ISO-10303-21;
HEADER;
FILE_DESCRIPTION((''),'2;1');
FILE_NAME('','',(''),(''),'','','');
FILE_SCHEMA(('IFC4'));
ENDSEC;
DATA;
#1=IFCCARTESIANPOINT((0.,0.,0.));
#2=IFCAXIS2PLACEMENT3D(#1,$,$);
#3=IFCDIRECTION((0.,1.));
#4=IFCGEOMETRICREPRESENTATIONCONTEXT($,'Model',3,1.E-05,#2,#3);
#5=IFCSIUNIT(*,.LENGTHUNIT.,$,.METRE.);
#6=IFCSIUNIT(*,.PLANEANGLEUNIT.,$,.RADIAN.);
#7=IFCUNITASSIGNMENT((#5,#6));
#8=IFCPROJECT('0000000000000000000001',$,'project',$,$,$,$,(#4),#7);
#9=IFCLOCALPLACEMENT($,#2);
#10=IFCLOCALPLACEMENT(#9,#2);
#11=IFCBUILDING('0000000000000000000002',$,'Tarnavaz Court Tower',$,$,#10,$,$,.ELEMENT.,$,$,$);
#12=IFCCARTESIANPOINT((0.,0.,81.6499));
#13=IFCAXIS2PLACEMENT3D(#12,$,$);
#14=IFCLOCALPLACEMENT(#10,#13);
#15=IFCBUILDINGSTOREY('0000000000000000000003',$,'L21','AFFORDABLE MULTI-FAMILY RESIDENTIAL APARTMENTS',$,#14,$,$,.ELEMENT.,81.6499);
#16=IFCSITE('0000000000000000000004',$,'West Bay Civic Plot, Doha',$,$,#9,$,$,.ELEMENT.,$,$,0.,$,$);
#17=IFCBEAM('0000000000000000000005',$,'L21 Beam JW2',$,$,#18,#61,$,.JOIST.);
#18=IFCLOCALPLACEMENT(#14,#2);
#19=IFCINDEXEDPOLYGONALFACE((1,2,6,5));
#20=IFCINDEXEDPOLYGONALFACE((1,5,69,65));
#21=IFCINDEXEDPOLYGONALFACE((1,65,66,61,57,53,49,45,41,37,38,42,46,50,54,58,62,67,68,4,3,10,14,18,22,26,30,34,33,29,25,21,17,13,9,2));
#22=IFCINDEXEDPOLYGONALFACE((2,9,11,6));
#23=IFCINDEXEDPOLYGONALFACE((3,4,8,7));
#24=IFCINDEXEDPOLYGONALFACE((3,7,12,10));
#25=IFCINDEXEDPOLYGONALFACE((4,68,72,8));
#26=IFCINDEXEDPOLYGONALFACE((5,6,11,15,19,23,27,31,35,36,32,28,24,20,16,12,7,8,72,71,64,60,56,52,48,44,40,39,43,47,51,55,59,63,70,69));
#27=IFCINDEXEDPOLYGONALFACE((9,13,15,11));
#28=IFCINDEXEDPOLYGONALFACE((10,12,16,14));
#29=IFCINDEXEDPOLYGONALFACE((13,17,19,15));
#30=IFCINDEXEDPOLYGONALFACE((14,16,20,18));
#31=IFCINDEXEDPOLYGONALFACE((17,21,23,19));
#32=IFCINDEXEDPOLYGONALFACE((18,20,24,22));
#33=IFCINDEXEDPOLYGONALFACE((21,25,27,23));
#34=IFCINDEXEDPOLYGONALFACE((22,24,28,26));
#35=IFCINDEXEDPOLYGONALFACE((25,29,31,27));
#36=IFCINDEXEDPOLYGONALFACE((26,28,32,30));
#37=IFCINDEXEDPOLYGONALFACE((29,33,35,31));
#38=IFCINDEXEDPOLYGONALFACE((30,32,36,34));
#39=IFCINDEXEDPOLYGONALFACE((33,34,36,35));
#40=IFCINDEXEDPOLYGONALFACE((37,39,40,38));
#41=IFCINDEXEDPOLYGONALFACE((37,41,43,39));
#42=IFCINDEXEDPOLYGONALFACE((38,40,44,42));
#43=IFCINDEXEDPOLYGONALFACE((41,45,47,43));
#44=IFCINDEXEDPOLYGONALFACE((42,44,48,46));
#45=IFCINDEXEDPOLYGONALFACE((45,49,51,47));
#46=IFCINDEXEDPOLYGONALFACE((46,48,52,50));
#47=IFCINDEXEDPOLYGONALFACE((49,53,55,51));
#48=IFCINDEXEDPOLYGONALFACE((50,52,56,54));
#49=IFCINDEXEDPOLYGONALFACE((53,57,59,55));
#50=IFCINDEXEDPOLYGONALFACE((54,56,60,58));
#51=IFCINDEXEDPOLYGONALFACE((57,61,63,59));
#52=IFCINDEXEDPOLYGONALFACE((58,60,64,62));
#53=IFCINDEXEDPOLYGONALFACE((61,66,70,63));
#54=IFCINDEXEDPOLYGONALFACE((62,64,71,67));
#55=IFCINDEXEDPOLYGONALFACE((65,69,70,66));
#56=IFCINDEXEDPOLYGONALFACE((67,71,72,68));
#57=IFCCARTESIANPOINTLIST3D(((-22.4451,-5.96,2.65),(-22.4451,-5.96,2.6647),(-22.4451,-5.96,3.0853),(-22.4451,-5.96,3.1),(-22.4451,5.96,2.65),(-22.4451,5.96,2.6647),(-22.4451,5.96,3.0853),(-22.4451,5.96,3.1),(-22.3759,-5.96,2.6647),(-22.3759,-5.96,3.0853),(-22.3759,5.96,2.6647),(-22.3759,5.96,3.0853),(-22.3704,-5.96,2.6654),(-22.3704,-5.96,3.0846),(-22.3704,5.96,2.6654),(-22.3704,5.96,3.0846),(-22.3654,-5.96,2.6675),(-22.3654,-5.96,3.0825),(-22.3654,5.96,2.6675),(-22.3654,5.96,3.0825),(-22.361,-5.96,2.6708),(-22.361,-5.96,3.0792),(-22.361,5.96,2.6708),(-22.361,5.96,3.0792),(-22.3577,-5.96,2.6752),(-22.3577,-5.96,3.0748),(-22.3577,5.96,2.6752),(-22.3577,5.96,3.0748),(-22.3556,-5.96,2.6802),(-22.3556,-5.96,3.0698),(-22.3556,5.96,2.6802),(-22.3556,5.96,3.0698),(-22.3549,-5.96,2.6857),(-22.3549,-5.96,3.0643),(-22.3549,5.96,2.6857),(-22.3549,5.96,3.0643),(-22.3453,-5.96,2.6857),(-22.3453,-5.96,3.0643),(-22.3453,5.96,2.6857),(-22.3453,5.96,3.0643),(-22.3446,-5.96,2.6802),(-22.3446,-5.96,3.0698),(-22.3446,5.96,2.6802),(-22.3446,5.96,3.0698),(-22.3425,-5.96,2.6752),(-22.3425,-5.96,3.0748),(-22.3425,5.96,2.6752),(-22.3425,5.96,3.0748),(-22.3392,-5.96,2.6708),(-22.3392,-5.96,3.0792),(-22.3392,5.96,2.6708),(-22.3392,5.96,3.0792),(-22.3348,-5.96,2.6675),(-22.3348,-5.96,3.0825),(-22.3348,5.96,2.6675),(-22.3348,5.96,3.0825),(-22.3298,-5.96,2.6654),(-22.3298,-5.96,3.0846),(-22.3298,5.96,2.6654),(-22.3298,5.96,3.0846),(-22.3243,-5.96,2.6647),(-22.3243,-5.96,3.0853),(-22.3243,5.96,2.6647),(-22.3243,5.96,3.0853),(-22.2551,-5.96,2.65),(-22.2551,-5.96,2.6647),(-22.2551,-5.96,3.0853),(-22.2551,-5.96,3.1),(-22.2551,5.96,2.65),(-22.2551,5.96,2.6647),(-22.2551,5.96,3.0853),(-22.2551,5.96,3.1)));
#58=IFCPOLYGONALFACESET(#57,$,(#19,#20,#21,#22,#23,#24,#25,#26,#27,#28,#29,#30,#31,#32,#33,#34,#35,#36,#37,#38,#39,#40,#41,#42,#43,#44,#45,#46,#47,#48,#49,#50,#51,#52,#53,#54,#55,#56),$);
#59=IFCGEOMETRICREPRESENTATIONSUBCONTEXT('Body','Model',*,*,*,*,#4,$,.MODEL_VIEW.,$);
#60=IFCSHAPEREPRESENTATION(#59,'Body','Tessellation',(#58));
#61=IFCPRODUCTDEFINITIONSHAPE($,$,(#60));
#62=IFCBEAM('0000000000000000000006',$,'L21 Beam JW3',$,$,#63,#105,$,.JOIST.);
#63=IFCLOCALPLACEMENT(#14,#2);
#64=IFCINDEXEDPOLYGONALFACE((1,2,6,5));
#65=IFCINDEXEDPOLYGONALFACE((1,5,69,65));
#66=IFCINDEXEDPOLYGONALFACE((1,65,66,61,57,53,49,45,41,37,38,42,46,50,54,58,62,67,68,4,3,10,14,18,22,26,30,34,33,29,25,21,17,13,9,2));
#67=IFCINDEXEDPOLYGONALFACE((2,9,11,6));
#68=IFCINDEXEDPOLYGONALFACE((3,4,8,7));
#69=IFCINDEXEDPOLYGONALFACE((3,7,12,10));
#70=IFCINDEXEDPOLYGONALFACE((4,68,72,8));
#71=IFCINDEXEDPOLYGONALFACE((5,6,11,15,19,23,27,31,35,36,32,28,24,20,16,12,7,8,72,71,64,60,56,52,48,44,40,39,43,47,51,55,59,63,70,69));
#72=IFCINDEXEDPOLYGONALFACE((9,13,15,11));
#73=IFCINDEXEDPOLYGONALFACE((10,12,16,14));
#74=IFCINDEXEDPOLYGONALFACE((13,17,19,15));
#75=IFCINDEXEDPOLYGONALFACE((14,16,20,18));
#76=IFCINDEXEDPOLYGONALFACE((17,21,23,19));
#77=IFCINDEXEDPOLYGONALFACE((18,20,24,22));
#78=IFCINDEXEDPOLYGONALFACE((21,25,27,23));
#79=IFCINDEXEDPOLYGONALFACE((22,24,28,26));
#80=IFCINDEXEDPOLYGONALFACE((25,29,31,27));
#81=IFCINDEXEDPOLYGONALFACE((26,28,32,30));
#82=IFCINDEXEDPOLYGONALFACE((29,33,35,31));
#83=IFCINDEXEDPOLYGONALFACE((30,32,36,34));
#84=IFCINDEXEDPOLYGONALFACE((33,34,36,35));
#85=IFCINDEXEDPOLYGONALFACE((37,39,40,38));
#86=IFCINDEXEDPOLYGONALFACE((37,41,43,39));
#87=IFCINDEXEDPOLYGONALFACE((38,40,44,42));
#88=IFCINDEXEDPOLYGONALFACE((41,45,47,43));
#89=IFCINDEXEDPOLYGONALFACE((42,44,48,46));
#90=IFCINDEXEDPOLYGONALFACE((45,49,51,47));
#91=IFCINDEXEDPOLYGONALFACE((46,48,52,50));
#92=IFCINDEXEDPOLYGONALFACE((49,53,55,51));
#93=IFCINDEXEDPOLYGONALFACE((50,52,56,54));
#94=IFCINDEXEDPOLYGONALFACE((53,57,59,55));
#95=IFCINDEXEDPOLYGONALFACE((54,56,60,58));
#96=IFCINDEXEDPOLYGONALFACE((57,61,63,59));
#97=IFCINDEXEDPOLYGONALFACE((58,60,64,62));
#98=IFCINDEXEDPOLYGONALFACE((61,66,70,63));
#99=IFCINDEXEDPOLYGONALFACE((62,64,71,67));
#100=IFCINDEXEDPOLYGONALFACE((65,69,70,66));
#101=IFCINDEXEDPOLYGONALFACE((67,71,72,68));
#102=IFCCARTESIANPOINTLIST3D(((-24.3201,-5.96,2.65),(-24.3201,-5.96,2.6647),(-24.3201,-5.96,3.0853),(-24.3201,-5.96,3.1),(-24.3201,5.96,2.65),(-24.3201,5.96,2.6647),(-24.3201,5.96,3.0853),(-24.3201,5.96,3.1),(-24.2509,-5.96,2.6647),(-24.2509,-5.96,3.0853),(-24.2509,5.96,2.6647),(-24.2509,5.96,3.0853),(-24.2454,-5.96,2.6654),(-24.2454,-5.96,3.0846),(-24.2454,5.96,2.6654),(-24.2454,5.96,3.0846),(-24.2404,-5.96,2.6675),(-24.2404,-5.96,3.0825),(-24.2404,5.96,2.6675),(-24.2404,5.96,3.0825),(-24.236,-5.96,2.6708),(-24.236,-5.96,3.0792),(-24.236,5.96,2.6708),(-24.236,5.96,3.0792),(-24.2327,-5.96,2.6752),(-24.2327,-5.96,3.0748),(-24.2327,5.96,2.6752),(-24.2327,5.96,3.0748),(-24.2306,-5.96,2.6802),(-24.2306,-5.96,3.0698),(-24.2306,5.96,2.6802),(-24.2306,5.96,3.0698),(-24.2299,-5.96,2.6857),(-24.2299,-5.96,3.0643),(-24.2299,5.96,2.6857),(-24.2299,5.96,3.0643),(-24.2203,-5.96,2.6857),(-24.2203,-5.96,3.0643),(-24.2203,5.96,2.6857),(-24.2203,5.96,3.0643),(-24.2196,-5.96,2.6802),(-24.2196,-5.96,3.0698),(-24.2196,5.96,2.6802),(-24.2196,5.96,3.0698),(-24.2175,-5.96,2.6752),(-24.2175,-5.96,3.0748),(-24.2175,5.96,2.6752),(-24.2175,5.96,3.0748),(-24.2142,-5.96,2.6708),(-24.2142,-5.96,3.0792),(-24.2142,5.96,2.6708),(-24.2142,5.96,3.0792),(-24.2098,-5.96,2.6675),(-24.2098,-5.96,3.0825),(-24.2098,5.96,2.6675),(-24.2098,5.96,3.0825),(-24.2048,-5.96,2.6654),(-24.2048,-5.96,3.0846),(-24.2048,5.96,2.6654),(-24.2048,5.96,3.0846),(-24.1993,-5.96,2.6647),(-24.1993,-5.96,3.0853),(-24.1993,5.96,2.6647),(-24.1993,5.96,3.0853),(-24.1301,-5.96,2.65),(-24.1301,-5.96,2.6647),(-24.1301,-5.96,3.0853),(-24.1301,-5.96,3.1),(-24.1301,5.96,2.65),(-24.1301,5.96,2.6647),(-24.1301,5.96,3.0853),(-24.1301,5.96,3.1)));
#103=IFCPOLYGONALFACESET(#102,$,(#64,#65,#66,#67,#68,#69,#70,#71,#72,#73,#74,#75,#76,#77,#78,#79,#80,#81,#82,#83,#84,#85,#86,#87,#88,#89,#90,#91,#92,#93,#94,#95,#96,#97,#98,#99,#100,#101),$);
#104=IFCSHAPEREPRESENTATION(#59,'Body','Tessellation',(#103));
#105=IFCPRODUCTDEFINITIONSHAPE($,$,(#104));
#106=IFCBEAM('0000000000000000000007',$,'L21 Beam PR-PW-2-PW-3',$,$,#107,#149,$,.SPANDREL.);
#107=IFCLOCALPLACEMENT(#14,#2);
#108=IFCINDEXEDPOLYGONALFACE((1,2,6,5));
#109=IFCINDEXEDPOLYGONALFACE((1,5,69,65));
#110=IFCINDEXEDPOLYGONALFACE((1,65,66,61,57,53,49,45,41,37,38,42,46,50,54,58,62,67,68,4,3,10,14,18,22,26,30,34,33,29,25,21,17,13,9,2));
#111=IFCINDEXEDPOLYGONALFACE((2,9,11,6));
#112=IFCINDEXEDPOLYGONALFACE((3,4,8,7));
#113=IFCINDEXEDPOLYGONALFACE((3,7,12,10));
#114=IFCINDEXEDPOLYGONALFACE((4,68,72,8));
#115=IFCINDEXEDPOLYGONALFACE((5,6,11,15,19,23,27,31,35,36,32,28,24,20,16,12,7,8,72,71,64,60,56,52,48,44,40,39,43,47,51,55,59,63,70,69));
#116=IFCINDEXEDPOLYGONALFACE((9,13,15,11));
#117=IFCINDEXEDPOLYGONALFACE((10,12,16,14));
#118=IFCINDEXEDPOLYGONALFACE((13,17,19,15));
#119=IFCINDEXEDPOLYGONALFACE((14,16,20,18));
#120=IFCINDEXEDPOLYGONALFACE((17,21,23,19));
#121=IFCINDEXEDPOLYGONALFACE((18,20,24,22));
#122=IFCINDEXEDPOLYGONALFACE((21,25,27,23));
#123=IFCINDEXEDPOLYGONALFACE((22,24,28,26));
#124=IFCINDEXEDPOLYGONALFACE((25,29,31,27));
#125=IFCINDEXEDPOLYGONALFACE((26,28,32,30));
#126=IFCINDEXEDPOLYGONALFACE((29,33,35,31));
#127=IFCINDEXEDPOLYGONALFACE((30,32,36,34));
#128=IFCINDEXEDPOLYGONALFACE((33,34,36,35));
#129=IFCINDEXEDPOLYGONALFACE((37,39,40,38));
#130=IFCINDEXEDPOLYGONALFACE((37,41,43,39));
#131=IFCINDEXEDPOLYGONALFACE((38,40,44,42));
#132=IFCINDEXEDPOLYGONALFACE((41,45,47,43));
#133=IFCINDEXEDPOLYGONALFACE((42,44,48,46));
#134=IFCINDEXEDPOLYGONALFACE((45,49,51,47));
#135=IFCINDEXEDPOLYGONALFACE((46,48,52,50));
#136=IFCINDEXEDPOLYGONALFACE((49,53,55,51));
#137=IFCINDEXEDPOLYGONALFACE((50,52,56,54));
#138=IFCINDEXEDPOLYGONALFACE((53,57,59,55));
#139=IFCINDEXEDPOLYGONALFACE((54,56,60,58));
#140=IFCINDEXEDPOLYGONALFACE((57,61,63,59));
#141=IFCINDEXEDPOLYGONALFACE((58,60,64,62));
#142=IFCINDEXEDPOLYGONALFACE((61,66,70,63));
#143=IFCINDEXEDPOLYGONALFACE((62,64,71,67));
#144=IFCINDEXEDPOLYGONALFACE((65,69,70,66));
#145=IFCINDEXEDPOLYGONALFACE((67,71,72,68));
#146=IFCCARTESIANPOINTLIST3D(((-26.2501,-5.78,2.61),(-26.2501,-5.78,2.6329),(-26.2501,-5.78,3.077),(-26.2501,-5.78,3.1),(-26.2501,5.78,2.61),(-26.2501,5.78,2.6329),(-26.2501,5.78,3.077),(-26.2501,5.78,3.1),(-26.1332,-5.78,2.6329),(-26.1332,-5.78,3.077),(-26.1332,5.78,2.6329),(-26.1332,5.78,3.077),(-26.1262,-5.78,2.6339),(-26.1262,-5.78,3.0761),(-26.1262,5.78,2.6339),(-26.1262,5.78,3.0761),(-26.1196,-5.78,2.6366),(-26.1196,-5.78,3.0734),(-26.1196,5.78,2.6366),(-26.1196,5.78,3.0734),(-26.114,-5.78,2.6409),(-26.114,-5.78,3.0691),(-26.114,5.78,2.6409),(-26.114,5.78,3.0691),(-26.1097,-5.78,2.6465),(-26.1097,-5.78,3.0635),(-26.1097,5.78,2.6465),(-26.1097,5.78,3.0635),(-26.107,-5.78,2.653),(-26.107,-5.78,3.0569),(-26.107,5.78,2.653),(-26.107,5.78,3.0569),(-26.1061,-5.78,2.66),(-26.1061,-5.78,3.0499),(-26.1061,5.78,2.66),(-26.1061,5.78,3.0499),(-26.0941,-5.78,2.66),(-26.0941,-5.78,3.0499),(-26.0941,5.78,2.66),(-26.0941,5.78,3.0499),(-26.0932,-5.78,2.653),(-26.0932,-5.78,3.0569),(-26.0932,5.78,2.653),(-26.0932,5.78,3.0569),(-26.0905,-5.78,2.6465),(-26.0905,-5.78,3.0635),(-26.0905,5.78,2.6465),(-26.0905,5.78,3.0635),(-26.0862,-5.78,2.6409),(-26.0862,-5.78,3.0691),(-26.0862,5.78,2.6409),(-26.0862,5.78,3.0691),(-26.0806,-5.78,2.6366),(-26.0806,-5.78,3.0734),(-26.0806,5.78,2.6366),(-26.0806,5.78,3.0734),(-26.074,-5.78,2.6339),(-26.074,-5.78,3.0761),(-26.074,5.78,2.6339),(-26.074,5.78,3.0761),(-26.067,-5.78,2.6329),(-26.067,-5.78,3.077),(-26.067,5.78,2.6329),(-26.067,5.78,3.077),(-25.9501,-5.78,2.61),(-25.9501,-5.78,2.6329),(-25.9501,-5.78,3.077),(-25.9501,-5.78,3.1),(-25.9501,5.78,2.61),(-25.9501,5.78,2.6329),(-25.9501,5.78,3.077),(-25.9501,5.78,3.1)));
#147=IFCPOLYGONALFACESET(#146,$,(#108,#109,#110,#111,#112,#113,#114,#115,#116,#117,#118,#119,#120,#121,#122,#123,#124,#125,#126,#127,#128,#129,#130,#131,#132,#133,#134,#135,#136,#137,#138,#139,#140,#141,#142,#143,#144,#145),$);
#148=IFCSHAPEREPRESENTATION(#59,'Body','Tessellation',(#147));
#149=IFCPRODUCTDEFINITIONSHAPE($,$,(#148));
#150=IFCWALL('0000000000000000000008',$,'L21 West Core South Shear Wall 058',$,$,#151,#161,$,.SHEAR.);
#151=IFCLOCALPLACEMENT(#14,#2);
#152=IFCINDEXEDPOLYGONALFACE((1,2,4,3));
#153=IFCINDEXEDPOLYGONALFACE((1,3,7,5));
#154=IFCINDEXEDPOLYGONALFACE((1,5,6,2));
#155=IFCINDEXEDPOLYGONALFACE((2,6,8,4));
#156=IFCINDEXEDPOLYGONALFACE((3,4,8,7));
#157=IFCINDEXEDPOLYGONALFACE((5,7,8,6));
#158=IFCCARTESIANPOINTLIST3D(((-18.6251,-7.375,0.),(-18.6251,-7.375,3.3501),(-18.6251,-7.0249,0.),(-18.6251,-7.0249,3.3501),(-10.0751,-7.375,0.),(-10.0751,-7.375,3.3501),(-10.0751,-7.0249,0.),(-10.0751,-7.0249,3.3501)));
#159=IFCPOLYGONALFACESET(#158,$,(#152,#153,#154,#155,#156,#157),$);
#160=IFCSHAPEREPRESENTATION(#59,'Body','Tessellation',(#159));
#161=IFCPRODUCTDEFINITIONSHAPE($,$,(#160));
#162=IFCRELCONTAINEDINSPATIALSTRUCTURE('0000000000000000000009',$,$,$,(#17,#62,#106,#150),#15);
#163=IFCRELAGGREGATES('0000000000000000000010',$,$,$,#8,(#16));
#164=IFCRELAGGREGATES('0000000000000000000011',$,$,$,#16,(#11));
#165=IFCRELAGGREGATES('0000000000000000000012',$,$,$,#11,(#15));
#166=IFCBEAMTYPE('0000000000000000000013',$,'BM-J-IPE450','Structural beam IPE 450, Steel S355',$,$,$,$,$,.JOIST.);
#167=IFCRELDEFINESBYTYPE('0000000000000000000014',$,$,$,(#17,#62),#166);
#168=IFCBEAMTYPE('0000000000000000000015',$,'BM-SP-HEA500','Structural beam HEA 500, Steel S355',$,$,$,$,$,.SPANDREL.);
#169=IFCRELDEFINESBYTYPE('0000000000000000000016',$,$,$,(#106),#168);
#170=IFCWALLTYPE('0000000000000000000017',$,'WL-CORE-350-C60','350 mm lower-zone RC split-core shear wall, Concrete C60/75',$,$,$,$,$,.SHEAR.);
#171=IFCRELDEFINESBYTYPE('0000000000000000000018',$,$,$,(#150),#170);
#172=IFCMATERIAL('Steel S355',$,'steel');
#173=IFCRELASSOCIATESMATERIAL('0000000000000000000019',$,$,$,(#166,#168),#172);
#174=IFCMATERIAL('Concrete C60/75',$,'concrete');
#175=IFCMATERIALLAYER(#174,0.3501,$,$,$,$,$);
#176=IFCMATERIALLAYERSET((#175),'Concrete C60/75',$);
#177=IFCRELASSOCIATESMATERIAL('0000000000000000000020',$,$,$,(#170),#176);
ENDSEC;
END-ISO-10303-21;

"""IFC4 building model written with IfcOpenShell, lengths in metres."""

from ifc_helpers import new_model, si_unit, direction, frame, frame_2d, origin, origin_2d, place, context, subcontext, project, spatial, rectangle, i_section, extrude, material, layer, layer_set, material_profile, profile_set, type_object, element, save


model = new_model("IFC4")

# Units and contexts
model_context = context("Model", 3, precision=1e-05, world=origin(), true_north=direction((0.0, 1.0)))
body_context = subcontext(model_context, "Body", "Model", "MODEL_VIEW")
ifc_project = project(units=[si_unit("LENGTHUNIT", "METRE"), si_unit("PLANEANGLEUNIT", "RADIAN")], contexts=[model_context])

# Site, building, storey
site_placement = place(None, origin())
site = spatial("IfcSite", under=ifc_project, at=site_placement, Name="West Bay Civic Plot, Doha", CompositionType="ELEMENT", RefElevation=0.0)
building_placement = place(site_placement, origin())
building = spatial("IfcBuilding", under=site, at=building_placement, Name="Tarnavaz Court Tower", CompositionType="ELEMENT")
storey_placement = place(building_placement, frame((0.0, 0.0, 81.6499)))
storey = spatial("IfcBuildingStorey", under=building, at=storey_placement, Name="L21", Description="AFFORDABLE MULTI-FAMILY RESIDENTIAL APARTMENTS", CompositionType="ELEMENT", Elevation=81.6499)

# Shared definitions
ifc_material_1 = material(Name="Concrete C60/75", Category="concrete")

# Beams
ifc_material_2 = material(Name="Steel S355", Category="steel")
ifc_material_profile_1 = material_profile(ifc_material_2, i_section(OverallWidth=0.1899, OverallDepth=0.45, WebThickness=0.0095, FlangeThickness=0.0146, FilletRadius=0.021, at=origin_2d()), Name="IPE 450")
ifc_profile_set_1 = profile_set([ifc_material_profile_1], Name="Steel S355")
beam_type_1 = type_object("IfcBeamType", Name="BM-J-IPE450", Description="Structural beam IPE 450, Steel S355", PredefinedType="JOIST", material=ifc_profile_set_1)
for number, where, z_axis, x_axis, name in (
    (1, (-22.3501, -5.96, 2.875), (0.0, 1.0, 0.0), (-1.0, 0.0, 0.0), "L21 Beam JW2"),
    (2, (-24.2251, -5.96, 2.875), (0.0, 1.0, 0.0), (-1.0, 0.0, 0.0), "L21 Beam JW3"),
):
    element("IfcBeam", number, at=place(storey_placement, frame(where, z_axis=z_axis, x_axis=x_axis)), inside=storey, type_object=beam_type_1, Name=name, PredefinedType="JOIST", context=body_context, shape_type="SweptSolid", body=[
        extrude(i_section(OverallWidth=0.1899, OverallDepth=0.45, WebThickness=0.0095, FlangeThickness=0.0146, FilletRadius=0.021, at=origin_2d()), origin(), (0.0, 0.0, 1.0), 11.9199),
    ])
ifc_material_profile_2 = material_profile(ifc_material_2, i_section(OverallWidth=0.3, OverallDepth=0.49, WebThickness=0.012, FlangeThickness=0.0229, FilletRadius=0.0271, at=origin_2d()), Name="HEA 500")
ifc_profile_set_2 = profile_set([ifc_material_profile_2], Name="Steel S355")
beam_type_2 = type_object("IfcBeamType", Name="BM-SP-HEA500", Description="Structural beam HEA 500, Steel S355", PredefinedType="SPANDREL", material=ifc_profile_set_2)
beam_1_placement = place(storey_placement, frame((-26.1001, -5.78, 2.855), z_axis=(0.0, 1.0, 0.0), x_axis=(-1.0, 0.0, 0.0)))
element("IfcBeam", 3, at=beam_1_placement, inside=storey, type_object=beam_type_2, Name="L21 Beam PR-PW-2-PW-3", PredefinedType="SPANDREL", context=body_context, shape_type="SweptSolid", body=[
    extrude(i_section(OverallWidth=0.3, OverallDepth=0.49, WebThickness=0.012, FlangeThickness=0.0229, FilletRadius=0.0271, at=origin_2d()), origin(), (0.0, 0.0, 1.0), 11.5601),
])

# Wall
ifc_layer_1 = layer(ifc_material_1, 0.3501)
ifc_layer_set_1 = layer_set([ifc_layer_1], Name="Concrete C60/75")
wall_type_1 = type_object("IfcWallType", Name="WL-CORE-350-C60", Description="350 mm lower-zone RC split-core shear wall, Concrete C60/75", PredefinedType="SHEAR", material=ifc_layer_set_1)
wall_1_placement = place(storey_placement, frame((-18.625, -7.2, 0.0), z_axis=(0.0, 0.0, 1.0), x_axis=(1.0, 0.0, 0.0)))
element("IfcWall", 4, at=wall_1_placement, inside=storey, type_object=wall_type_1, Name="L21 West Core South Shear Wall 058", PredefinedType="SHEAR", context=body_context, shape_type="SweptSolid", body=[
    extrude(rectangle(XDim=8.55, YDim=0.3501, at=frame_2d((4.2749, 0.0))), origin(), (0.0, 0.0, 1.0), 3.3501),
])

save(model, "model.ifc")
